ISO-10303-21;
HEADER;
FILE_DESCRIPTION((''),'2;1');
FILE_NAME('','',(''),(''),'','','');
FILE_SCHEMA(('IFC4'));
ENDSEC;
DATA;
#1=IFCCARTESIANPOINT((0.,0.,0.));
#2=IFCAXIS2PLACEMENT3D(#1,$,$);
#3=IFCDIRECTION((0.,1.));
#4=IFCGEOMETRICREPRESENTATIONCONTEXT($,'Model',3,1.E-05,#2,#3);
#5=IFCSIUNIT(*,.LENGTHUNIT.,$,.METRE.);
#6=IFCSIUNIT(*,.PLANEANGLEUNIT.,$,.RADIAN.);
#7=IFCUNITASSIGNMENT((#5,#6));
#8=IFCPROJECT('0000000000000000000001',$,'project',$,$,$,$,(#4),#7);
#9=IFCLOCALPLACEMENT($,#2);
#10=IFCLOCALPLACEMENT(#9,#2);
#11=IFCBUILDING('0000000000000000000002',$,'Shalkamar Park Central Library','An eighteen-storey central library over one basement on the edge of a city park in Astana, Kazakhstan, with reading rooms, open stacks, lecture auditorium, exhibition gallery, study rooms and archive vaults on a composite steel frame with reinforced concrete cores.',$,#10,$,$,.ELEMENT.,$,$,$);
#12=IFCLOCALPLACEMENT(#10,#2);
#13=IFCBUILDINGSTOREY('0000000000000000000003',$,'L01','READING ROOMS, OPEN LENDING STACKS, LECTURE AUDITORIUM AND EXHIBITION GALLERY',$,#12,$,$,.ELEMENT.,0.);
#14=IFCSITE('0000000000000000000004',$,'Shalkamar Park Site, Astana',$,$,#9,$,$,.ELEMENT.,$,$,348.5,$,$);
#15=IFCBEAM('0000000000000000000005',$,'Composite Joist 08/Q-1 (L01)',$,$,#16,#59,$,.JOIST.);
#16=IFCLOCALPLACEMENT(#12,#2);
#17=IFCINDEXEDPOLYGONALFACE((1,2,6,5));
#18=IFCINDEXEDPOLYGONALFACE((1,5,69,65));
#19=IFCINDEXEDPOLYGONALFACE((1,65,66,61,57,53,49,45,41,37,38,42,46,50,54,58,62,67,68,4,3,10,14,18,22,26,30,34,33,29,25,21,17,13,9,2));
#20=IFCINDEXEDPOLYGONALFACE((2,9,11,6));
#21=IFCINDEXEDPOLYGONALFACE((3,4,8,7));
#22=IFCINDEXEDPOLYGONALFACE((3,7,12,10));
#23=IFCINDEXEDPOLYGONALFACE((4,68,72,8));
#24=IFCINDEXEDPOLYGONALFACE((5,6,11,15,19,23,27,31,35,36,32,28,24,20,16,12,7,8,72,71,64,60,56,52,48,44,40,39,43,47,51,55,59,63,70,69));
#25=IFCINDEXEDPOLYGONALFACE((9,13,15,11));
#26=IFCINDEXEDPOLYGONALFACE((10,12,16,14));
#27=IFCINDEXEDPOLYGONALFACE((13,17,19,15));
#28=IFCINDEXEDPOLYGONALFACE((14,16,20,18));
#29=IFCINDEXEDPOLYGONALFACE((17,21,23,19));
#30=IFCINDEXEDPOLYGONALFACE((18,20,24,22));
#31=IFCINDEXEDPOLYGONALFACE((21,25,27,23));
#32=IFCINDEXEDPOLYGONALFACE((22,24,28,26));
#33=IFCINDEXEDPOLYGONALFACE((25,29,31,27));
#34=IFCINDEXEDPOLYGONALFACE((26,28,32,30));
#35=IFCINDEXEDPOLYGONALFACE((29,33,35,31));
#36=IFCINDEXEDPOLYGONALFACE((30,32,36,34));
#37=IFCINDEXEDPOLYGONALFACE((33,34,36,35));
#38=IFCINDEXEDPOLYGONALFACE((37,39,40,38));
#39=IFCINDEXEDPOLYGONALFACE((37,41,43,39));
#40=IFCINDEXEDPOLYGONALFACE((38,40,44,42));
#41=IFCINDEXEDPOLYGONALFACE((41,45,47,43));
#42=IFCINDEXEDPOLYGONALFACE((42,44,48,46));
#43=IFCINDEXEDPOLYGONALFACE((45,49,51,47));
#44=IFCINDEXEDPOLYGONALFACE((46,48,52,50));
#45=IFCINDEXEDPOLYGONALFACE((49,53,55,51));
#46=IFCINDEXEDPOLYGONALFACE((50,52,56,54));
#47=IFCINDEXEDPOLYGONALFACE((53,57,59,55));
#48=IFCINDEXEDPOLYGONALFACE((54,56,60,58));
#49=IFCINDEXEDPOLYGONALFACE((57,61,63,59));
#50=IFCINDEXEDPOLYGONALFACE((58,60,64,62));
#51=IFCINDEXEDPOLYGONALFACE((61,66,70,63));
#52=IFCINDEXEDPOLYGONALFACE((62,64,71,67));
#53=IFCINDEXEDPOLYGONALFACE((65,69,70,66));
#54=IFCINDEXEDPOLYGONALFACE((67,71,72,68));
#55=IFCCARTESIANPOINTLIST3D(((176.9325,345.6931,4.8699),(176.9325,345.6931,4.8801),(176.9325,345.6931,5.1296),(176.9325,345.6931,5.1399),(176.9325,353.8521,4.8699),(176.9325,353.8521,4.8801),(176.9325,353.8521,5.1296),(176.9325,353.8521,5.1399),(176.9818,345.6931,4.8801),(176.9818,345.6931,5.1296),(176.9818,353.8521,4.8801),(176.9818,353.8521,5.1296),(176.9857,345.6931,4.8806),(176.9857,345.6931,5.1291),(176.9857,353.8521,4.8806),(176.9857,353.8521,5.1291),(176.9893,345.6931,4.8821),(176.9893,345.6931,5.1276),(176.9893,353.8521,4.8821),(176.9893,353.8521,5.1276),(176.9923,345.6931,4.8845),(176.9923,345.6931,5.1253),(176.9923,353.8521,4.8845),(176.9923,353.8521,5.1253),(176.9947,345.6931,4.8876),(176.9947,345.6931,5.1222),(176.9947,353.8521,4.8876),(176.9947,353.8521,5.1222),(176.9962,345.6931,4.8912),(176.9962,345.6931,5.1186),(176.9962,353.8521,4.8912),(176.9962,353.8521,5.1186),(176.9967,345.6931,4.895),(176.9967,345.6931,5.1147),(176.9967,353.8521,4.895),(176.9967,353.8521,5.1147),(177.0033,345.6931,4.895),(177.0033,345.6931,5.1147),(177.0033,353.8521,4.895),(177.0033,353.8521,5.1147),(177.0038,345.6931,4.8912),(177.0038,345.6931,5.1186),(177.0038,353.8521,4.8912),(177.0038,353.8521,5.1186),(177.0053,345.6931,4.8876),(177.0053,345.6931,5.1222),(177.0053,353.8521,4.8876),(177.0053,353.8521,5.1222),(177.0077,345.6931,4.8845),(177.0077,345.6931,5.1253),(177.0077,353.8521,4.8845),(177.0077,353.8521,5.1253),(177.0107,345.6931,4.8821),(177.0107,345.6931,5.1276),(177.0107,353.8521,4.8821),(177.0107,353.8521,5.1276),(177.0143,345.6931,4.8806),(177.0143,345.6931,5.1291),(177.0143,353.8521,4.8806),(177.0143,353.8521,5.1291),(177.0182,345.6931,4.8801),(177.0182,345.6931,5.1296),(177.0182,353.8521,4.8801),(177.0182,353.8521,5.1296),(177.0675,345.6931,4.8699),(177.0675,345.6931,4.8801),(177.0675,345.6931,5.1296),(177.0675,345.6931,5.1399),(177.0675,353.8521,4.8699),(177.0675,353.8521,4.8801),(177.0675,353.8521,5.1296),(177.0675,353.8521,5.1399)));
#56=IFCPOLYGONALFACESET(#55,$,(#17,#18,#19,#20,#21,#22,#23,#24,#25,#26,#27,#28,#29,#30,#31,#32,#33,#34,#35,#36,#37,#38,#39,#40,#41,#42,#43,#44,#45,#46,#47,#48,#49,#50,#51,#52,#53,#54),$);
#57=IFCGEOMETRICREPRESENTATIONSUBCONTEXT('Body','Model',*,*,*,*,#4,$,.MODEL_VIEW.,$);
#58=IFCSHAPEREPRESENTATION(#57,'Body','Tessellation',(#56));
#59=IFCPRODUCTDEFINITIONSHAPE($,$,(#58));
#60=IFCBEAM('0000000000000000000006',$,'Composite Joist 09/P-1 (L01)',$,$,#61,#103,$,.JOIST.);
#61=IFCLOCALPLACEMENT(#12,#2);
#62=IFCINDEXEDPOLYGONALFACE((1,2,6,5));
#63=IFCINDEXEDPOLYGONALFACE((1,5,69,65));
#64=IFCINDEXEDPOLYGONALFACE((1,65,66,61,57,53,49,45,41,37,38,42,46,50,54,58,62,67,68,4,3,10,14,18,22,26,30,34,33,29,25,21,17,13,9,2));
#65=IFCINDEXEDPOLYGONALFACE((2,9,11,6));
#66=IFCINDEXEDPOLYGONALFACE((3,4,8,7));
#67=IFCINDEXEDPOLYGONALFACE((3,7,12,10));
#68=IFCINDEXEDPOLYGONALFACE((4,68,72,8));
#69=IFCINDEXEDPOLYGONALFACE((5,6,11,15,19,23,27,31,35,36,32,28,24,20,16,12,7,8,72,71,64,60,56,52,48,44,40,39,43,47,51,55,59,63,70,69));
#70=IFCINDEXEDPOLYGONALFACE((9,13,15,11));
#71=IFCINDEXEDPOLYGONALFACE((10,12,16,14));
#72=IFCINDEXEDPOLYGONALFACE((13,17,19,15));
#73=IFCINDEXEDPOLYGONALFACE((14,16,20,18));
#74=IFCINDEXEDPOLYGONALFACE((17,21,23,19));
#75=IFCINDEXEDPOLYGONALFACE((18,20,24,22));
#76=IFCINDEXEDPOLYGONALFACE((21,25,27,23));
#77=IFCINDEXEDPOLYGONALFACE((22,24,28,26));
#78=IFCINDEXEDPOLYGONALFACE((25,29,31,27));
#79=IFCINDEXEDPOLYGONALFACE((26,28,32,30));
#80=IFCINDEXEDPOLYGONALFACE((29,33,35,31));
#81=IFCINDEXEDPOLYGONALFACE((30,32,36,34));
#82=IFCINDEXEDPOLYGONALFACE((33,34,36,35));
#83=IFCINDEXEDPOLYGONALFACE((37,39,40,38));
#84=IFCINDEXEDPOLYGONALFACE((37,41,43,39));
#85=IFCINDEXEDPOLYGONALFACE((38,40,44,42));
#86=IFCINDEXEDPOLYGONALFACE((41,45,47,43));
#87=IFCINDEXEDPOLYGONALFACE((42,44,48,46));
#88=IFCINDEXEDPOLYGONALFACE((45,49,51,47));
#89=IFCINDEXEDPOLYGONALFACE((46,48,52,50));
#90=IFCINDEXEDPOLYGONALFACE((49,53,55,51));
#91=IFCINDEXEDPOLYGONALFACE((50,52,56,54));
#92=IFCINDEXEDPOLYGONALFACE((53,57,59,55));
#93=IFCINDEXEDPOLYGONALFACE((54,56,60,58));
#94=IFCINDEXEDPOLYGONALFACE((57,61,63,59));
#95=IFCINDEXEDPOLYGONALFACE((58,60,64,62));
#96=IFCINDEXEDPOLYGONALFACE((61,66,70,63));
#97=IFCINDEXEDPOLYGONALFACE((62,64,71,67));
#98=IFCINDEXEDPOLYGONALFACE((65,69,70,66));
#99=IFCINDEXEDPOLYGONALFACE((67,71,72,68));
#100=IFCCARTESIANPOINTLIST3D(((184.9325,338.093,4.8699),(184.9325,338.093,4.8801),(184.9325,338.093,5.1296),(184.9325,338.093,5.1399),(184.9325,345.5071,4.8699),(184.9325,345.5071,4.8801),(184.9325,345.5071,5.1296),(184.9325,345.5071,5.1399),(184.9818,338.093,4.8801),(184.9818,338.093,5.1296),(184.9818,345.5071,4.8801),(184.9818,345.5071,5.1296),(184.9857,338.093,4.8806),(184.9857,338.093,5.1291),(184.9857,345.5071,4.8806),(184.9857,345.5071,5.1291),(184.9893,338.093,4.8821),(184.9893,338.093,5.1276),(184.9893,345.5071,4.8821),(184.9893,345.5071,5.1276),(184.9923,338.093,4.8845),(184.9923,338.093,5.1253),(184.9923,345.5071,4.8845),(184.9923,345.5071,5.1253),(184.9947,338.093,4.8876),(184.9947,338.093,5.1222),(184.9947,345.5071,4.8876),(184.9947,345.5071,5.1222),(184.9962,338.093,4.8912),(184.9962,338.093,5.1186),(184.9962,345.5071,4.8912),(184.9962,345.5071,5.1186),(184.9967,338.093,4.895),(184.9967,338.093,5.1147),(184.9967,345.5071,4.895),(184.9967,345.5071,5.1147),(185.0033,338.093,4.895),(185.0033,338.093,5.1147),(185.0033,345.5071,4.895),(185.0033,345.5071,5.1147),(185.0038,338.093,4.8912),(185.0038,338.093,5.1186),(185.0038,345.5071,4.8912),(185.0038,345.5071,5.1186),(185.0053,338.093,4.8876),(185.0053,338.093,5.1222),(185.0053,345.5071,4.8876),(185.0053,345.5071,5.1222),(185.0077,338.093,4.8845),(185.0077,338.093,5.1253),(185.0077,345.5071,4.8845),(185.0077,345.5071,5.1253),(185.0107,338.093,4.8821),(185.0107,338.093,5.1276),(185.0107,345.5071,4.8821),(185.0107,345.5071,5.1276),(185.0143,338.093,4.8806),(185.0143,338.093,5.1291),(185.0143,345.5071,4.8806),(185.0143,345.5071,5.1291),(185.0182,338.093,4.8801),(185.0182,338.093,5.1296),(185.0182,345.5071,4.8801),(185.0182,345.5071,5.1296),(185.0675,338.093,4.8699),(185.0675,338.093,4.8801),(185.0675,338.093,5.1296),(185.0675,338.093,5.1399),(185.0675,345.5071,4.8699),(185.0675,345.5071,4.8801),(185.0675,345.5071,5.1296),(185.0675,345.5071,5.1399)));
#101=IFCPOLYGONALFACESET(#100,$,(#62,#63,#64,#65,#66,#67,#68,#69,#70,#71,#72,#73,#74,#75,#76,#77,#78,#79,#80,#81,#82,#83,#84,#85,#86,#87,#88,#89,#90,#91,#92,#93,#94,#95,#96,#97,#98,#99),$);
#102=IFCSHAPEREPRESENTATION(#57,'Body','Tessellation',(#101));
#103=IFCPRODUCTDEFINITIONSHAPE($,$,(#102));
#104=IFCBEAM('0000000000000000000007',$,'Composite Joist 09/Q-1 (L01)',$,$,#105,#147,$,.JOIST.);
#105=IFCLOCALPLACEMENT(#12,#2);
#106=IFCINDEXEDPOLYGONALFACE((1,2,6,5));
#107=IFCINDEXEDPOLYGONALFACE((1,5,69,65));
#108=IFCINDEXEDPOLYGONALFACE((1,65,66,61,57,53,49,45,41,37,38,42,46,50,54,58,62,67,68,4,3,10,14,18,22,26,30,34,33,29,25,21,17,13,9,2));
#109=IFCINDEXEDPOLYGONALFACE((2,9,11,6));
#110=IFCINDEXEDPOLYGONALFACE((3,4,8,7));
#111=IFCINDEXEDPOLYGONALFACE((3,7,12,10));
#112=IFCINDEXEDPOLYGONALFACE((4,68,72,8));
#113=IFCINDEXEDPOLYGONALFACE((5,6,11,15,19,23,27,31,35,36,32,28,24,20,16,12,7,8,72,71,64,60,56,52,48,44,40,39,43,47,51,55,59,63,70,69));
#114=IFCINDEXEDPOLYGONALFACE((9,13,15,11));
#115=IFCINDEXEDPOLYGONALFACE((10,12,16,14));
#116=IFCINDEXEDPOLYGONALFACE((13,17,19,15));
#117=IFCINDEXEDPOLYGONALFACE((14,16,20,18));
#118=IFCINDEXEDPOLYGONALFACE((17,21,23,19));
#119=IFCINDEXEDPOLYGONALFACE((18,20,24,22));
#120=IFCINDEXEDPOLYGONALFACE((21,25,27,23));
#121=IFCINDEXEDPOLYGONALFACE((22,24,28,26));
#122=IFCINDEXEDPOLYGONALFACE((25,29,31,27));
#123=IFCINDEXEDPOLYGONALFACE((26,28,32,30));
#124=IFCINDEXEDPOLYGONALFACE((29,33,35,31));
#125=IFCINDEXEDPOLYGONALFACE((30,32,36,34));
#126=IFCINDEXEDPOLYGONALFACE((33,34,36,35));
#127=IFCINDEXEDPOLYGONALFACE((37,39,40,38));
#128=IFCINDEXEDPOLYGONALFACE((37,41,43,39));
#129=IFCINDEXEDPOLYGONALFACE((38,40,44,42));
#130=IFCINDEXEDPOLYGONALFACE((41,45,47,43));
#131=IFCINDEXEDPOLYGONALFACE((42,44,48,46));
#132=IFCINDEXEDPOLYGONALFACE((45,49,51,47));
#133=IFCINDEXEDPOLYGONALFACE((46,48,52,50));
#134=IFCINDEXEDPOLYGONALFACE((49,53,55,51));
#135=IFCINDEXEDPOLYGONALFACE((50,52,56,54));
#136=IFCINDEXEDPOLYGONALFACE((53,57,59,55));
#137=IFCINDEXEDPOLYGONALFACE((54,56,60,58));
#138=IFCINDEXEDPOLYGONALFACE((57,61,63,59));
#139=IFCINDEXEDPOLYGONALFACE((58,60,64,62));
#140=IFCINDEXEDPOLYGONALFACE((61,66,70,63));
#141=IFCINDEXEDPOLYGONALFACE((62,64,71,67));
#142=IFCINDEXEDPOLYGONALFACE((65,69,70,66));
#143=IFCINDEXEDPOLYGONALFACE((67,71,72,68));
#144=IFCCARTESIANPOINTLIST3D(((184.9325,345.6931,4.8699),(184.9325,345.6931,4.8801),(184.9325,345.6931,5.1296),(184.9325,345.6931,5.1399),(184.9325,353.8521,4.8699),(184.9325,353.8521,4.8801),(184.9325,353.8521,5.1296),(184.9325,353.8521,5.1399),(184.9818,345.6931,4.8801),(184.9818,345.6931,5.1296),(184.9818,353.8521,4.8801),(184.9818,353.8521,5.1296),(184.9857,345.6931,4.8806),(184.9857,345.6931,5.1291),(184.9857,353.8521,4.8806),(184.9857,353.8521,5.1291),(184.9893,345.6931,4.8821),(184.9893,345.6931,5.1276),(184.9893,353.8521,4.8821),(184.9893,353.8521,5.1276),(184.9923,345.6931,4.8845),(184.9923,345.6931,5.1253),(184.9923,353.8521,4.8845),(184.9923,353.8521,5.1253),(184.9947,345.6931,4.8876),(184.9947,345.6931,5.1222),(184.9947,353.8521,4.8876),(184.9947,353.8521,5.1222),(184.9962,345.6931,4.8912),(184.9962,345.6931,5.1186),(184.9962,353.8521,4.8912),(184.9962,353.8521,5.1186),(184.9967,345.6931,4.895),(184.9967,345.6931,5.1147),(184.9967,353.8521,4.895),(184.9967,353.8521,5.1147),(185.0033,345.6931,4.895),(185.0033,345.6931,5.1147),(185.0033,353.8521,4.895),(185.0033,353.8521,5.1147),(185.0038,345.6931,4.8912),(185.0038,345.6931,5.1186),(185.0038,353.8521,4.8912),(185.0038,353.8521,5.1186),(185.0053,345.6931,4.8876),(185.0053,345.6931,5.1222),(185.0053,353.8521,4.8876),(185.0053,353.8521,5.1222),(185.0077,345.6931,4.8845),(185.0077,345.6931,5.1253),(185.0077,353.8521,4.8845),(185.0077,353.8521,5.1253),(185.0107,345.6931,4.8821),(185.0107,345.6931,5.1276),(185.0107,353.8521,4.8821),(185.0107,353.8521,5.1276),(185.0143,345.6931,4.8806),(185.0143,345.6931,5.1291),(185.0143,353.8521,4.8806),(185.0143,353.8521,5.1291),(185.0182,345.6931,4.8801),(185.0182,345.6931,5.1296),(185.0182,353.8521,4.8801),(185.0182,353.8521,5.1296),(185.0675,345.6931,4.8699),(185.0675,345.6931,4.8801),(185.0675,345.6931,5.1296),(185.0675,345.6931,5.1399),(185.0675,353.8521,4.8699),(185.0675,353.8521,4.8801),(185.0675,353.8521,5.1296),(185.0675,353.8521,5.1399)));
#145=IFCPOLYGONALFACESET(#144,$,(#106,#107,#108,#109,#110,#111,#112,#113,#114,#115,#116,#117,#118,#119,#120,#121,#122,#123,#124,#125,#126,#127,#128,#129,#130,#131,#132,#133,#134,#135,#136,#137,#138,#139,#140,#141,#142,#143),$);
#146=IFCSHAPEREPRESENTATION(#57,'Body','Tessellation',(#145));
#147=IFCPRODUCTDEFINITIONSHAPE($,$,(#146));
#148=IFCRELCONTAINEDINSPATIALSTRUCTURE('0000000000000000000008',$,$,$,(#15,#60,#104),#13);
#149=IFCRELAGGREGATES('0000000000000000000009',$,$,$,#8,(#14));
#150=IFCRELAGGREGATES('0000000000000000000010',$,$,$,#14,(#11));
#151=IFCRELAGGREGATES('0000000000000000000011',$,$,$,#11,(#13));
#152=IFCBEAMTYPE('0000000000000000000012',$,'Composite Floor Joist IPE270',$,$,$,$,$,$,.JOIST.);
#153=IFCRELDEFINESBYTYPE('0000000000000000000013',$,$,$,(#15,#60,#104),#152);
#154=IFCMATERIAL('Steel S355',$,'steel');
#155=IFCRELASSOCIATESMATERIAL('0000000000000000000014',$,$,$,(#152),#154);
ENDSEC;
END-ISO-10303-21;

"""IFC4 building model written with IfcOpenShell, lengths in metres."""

from ifc_helpers import new_model, si_unit, direction, frame, origin, origin_2d, place, context, subcontext, project, spatial, i_section, extrude, material, material_profile, profile_set, type_object, element, save


model = new_model("IFC4")

# Units and contexts
model_context = context("Model", 3, precision=1e-05, world=origin(), true_north=direction((0.0, 1.0)))
body_context = subcontext(model_context, "Body", "Model", "MODEL_VIEW")
ifc_project = project(units=[si_unit("LENGTHUNIT", "METRE"), si_unit("PLANEANGLEUNIT", "RADIAN")], contexts=[model_context])

# Site, building, storey
site_placement = place(None, origin())
site = spatial("IfcSite", under=ifc_project, at=site_placement, Name="Shalkamar Park Site, Astana", CompositionType="ELEMENT", RefElevation=348.5)
building_placement = place(site_placement, origin())
building = spatial("IfcBuilding", under=site, at=building_placement, Name="Shalkamar Park Central Library", Description="An eighteen-storey central library over one basement on the edge of a city park in Astana, Kazakhstan, with reading rooms, open stacks, lecture auditorium, exhibition gallery, study rooms and archive vaults on a composite steel frame with reinforced concrete cores.", CompositionType="ELEMENT")
storey_placement = place(building_placement, origin())
storey = spatial("IfcBuildingStorey", under=building, at=storey_placement, Name="L01", Description="READING ROOMS, OPEN LENDING STACKS, LECTURE AUDITORIUM AND EXHIBITION GALLERY", CompositionType="ELEMENT", Elevation=0.0)

# Shared definitions
ifc_material_1 = material(Name="Steel S355", Category="steel")

# Beams
ifc_material_profile_1 = material_profile(ifc_material_1, i_section(OverallWidth=0.135, OverallDepth=0.27, WebThickness=0.0066, FlangeThickness=0.0103, FilletRadius=0.0149, at=origin_2d()), Name="IPE 270")
ifc_profile_set_1 = profile_set([ifc_material_profile_1], Name="Steel S355")
beam_type_1 = type_object("IfcBeamType", Name="Composite Floor Joist IPE270", PredefinedType="JOIST", material=ifc_profile_set_1)
beam_1_placement = place(storey_placement, frame((177.0, 345.6931, 5.0049), z_axis=(0.0, 1.0, 0.0), x_axis=(-1.0, 0.0, 0.0)))
element("IfcBeam", 1, at=beam_1_placement, inside=storey, type_object=beam_type_1, Name="Composite Joist 08/Q-1 (L01)", PredefinedType="JOIST", context=body_context, shape_type="SweptSolid", body=[
    extrude(i_section(OverallWidth=0.135, OverallDepth=0.27, WebThickness=0.0066, FlangeThickness=0.0103, FilletRadius=0.0149, at=origin_2d()), origin(), (0.0, 0.0, 1.0), 8.1589),
])
beam_2_placement = place(storey_placement, frame((185.0, 338.093, 5.0049), z_axis=(0.0, 1.0, 0.0), x_axis=(-1.0, 0.0, 0.0)))
element("IfcBeam", 2, at=beam_2_placement, inside=storey, type_object=beam_type_1, Name="Composite Joist 09/P-1 (L01)", PredefinedType="JOIST", context=body_context, shape_type="SweptSolid", body=[
    extrude(i_section(OverallWidth=0.135, OverallDepth=0.27, WebThickness=0.0066, FlangeThickness=0.0103, FilletRadius=0.0149, at=origin_2d()), origin(), (0.0, 0.0, 1.0), 7.4141),
])
beam_3_placement = place(storey_placement, frame((185.0, 345.6931, 5.0049), z_axis=(0.0, 1.0, 0.0), x_axis=(-1.0, 0.0, 0.0)))
element("IfcBeam", 3, at=beam_3_placement, inside=storey, type_object=beam_type_1, Name="Composite Joist 09/Q-1 (L01)", PredefinedType="JOIST", context=body_context, shape_type="SweptSolid", body=[
    extrude(i_section(OverallWidth=0.135, OverallDepth=0.27, WebThickness=0.0066, FlangeThickness=0.0103, FilletRadius=0.0149, at=origin_2d()), origin(), (0.0, 0.0, 1.0), 8.1589),
])

save(model, "model.ifc")
